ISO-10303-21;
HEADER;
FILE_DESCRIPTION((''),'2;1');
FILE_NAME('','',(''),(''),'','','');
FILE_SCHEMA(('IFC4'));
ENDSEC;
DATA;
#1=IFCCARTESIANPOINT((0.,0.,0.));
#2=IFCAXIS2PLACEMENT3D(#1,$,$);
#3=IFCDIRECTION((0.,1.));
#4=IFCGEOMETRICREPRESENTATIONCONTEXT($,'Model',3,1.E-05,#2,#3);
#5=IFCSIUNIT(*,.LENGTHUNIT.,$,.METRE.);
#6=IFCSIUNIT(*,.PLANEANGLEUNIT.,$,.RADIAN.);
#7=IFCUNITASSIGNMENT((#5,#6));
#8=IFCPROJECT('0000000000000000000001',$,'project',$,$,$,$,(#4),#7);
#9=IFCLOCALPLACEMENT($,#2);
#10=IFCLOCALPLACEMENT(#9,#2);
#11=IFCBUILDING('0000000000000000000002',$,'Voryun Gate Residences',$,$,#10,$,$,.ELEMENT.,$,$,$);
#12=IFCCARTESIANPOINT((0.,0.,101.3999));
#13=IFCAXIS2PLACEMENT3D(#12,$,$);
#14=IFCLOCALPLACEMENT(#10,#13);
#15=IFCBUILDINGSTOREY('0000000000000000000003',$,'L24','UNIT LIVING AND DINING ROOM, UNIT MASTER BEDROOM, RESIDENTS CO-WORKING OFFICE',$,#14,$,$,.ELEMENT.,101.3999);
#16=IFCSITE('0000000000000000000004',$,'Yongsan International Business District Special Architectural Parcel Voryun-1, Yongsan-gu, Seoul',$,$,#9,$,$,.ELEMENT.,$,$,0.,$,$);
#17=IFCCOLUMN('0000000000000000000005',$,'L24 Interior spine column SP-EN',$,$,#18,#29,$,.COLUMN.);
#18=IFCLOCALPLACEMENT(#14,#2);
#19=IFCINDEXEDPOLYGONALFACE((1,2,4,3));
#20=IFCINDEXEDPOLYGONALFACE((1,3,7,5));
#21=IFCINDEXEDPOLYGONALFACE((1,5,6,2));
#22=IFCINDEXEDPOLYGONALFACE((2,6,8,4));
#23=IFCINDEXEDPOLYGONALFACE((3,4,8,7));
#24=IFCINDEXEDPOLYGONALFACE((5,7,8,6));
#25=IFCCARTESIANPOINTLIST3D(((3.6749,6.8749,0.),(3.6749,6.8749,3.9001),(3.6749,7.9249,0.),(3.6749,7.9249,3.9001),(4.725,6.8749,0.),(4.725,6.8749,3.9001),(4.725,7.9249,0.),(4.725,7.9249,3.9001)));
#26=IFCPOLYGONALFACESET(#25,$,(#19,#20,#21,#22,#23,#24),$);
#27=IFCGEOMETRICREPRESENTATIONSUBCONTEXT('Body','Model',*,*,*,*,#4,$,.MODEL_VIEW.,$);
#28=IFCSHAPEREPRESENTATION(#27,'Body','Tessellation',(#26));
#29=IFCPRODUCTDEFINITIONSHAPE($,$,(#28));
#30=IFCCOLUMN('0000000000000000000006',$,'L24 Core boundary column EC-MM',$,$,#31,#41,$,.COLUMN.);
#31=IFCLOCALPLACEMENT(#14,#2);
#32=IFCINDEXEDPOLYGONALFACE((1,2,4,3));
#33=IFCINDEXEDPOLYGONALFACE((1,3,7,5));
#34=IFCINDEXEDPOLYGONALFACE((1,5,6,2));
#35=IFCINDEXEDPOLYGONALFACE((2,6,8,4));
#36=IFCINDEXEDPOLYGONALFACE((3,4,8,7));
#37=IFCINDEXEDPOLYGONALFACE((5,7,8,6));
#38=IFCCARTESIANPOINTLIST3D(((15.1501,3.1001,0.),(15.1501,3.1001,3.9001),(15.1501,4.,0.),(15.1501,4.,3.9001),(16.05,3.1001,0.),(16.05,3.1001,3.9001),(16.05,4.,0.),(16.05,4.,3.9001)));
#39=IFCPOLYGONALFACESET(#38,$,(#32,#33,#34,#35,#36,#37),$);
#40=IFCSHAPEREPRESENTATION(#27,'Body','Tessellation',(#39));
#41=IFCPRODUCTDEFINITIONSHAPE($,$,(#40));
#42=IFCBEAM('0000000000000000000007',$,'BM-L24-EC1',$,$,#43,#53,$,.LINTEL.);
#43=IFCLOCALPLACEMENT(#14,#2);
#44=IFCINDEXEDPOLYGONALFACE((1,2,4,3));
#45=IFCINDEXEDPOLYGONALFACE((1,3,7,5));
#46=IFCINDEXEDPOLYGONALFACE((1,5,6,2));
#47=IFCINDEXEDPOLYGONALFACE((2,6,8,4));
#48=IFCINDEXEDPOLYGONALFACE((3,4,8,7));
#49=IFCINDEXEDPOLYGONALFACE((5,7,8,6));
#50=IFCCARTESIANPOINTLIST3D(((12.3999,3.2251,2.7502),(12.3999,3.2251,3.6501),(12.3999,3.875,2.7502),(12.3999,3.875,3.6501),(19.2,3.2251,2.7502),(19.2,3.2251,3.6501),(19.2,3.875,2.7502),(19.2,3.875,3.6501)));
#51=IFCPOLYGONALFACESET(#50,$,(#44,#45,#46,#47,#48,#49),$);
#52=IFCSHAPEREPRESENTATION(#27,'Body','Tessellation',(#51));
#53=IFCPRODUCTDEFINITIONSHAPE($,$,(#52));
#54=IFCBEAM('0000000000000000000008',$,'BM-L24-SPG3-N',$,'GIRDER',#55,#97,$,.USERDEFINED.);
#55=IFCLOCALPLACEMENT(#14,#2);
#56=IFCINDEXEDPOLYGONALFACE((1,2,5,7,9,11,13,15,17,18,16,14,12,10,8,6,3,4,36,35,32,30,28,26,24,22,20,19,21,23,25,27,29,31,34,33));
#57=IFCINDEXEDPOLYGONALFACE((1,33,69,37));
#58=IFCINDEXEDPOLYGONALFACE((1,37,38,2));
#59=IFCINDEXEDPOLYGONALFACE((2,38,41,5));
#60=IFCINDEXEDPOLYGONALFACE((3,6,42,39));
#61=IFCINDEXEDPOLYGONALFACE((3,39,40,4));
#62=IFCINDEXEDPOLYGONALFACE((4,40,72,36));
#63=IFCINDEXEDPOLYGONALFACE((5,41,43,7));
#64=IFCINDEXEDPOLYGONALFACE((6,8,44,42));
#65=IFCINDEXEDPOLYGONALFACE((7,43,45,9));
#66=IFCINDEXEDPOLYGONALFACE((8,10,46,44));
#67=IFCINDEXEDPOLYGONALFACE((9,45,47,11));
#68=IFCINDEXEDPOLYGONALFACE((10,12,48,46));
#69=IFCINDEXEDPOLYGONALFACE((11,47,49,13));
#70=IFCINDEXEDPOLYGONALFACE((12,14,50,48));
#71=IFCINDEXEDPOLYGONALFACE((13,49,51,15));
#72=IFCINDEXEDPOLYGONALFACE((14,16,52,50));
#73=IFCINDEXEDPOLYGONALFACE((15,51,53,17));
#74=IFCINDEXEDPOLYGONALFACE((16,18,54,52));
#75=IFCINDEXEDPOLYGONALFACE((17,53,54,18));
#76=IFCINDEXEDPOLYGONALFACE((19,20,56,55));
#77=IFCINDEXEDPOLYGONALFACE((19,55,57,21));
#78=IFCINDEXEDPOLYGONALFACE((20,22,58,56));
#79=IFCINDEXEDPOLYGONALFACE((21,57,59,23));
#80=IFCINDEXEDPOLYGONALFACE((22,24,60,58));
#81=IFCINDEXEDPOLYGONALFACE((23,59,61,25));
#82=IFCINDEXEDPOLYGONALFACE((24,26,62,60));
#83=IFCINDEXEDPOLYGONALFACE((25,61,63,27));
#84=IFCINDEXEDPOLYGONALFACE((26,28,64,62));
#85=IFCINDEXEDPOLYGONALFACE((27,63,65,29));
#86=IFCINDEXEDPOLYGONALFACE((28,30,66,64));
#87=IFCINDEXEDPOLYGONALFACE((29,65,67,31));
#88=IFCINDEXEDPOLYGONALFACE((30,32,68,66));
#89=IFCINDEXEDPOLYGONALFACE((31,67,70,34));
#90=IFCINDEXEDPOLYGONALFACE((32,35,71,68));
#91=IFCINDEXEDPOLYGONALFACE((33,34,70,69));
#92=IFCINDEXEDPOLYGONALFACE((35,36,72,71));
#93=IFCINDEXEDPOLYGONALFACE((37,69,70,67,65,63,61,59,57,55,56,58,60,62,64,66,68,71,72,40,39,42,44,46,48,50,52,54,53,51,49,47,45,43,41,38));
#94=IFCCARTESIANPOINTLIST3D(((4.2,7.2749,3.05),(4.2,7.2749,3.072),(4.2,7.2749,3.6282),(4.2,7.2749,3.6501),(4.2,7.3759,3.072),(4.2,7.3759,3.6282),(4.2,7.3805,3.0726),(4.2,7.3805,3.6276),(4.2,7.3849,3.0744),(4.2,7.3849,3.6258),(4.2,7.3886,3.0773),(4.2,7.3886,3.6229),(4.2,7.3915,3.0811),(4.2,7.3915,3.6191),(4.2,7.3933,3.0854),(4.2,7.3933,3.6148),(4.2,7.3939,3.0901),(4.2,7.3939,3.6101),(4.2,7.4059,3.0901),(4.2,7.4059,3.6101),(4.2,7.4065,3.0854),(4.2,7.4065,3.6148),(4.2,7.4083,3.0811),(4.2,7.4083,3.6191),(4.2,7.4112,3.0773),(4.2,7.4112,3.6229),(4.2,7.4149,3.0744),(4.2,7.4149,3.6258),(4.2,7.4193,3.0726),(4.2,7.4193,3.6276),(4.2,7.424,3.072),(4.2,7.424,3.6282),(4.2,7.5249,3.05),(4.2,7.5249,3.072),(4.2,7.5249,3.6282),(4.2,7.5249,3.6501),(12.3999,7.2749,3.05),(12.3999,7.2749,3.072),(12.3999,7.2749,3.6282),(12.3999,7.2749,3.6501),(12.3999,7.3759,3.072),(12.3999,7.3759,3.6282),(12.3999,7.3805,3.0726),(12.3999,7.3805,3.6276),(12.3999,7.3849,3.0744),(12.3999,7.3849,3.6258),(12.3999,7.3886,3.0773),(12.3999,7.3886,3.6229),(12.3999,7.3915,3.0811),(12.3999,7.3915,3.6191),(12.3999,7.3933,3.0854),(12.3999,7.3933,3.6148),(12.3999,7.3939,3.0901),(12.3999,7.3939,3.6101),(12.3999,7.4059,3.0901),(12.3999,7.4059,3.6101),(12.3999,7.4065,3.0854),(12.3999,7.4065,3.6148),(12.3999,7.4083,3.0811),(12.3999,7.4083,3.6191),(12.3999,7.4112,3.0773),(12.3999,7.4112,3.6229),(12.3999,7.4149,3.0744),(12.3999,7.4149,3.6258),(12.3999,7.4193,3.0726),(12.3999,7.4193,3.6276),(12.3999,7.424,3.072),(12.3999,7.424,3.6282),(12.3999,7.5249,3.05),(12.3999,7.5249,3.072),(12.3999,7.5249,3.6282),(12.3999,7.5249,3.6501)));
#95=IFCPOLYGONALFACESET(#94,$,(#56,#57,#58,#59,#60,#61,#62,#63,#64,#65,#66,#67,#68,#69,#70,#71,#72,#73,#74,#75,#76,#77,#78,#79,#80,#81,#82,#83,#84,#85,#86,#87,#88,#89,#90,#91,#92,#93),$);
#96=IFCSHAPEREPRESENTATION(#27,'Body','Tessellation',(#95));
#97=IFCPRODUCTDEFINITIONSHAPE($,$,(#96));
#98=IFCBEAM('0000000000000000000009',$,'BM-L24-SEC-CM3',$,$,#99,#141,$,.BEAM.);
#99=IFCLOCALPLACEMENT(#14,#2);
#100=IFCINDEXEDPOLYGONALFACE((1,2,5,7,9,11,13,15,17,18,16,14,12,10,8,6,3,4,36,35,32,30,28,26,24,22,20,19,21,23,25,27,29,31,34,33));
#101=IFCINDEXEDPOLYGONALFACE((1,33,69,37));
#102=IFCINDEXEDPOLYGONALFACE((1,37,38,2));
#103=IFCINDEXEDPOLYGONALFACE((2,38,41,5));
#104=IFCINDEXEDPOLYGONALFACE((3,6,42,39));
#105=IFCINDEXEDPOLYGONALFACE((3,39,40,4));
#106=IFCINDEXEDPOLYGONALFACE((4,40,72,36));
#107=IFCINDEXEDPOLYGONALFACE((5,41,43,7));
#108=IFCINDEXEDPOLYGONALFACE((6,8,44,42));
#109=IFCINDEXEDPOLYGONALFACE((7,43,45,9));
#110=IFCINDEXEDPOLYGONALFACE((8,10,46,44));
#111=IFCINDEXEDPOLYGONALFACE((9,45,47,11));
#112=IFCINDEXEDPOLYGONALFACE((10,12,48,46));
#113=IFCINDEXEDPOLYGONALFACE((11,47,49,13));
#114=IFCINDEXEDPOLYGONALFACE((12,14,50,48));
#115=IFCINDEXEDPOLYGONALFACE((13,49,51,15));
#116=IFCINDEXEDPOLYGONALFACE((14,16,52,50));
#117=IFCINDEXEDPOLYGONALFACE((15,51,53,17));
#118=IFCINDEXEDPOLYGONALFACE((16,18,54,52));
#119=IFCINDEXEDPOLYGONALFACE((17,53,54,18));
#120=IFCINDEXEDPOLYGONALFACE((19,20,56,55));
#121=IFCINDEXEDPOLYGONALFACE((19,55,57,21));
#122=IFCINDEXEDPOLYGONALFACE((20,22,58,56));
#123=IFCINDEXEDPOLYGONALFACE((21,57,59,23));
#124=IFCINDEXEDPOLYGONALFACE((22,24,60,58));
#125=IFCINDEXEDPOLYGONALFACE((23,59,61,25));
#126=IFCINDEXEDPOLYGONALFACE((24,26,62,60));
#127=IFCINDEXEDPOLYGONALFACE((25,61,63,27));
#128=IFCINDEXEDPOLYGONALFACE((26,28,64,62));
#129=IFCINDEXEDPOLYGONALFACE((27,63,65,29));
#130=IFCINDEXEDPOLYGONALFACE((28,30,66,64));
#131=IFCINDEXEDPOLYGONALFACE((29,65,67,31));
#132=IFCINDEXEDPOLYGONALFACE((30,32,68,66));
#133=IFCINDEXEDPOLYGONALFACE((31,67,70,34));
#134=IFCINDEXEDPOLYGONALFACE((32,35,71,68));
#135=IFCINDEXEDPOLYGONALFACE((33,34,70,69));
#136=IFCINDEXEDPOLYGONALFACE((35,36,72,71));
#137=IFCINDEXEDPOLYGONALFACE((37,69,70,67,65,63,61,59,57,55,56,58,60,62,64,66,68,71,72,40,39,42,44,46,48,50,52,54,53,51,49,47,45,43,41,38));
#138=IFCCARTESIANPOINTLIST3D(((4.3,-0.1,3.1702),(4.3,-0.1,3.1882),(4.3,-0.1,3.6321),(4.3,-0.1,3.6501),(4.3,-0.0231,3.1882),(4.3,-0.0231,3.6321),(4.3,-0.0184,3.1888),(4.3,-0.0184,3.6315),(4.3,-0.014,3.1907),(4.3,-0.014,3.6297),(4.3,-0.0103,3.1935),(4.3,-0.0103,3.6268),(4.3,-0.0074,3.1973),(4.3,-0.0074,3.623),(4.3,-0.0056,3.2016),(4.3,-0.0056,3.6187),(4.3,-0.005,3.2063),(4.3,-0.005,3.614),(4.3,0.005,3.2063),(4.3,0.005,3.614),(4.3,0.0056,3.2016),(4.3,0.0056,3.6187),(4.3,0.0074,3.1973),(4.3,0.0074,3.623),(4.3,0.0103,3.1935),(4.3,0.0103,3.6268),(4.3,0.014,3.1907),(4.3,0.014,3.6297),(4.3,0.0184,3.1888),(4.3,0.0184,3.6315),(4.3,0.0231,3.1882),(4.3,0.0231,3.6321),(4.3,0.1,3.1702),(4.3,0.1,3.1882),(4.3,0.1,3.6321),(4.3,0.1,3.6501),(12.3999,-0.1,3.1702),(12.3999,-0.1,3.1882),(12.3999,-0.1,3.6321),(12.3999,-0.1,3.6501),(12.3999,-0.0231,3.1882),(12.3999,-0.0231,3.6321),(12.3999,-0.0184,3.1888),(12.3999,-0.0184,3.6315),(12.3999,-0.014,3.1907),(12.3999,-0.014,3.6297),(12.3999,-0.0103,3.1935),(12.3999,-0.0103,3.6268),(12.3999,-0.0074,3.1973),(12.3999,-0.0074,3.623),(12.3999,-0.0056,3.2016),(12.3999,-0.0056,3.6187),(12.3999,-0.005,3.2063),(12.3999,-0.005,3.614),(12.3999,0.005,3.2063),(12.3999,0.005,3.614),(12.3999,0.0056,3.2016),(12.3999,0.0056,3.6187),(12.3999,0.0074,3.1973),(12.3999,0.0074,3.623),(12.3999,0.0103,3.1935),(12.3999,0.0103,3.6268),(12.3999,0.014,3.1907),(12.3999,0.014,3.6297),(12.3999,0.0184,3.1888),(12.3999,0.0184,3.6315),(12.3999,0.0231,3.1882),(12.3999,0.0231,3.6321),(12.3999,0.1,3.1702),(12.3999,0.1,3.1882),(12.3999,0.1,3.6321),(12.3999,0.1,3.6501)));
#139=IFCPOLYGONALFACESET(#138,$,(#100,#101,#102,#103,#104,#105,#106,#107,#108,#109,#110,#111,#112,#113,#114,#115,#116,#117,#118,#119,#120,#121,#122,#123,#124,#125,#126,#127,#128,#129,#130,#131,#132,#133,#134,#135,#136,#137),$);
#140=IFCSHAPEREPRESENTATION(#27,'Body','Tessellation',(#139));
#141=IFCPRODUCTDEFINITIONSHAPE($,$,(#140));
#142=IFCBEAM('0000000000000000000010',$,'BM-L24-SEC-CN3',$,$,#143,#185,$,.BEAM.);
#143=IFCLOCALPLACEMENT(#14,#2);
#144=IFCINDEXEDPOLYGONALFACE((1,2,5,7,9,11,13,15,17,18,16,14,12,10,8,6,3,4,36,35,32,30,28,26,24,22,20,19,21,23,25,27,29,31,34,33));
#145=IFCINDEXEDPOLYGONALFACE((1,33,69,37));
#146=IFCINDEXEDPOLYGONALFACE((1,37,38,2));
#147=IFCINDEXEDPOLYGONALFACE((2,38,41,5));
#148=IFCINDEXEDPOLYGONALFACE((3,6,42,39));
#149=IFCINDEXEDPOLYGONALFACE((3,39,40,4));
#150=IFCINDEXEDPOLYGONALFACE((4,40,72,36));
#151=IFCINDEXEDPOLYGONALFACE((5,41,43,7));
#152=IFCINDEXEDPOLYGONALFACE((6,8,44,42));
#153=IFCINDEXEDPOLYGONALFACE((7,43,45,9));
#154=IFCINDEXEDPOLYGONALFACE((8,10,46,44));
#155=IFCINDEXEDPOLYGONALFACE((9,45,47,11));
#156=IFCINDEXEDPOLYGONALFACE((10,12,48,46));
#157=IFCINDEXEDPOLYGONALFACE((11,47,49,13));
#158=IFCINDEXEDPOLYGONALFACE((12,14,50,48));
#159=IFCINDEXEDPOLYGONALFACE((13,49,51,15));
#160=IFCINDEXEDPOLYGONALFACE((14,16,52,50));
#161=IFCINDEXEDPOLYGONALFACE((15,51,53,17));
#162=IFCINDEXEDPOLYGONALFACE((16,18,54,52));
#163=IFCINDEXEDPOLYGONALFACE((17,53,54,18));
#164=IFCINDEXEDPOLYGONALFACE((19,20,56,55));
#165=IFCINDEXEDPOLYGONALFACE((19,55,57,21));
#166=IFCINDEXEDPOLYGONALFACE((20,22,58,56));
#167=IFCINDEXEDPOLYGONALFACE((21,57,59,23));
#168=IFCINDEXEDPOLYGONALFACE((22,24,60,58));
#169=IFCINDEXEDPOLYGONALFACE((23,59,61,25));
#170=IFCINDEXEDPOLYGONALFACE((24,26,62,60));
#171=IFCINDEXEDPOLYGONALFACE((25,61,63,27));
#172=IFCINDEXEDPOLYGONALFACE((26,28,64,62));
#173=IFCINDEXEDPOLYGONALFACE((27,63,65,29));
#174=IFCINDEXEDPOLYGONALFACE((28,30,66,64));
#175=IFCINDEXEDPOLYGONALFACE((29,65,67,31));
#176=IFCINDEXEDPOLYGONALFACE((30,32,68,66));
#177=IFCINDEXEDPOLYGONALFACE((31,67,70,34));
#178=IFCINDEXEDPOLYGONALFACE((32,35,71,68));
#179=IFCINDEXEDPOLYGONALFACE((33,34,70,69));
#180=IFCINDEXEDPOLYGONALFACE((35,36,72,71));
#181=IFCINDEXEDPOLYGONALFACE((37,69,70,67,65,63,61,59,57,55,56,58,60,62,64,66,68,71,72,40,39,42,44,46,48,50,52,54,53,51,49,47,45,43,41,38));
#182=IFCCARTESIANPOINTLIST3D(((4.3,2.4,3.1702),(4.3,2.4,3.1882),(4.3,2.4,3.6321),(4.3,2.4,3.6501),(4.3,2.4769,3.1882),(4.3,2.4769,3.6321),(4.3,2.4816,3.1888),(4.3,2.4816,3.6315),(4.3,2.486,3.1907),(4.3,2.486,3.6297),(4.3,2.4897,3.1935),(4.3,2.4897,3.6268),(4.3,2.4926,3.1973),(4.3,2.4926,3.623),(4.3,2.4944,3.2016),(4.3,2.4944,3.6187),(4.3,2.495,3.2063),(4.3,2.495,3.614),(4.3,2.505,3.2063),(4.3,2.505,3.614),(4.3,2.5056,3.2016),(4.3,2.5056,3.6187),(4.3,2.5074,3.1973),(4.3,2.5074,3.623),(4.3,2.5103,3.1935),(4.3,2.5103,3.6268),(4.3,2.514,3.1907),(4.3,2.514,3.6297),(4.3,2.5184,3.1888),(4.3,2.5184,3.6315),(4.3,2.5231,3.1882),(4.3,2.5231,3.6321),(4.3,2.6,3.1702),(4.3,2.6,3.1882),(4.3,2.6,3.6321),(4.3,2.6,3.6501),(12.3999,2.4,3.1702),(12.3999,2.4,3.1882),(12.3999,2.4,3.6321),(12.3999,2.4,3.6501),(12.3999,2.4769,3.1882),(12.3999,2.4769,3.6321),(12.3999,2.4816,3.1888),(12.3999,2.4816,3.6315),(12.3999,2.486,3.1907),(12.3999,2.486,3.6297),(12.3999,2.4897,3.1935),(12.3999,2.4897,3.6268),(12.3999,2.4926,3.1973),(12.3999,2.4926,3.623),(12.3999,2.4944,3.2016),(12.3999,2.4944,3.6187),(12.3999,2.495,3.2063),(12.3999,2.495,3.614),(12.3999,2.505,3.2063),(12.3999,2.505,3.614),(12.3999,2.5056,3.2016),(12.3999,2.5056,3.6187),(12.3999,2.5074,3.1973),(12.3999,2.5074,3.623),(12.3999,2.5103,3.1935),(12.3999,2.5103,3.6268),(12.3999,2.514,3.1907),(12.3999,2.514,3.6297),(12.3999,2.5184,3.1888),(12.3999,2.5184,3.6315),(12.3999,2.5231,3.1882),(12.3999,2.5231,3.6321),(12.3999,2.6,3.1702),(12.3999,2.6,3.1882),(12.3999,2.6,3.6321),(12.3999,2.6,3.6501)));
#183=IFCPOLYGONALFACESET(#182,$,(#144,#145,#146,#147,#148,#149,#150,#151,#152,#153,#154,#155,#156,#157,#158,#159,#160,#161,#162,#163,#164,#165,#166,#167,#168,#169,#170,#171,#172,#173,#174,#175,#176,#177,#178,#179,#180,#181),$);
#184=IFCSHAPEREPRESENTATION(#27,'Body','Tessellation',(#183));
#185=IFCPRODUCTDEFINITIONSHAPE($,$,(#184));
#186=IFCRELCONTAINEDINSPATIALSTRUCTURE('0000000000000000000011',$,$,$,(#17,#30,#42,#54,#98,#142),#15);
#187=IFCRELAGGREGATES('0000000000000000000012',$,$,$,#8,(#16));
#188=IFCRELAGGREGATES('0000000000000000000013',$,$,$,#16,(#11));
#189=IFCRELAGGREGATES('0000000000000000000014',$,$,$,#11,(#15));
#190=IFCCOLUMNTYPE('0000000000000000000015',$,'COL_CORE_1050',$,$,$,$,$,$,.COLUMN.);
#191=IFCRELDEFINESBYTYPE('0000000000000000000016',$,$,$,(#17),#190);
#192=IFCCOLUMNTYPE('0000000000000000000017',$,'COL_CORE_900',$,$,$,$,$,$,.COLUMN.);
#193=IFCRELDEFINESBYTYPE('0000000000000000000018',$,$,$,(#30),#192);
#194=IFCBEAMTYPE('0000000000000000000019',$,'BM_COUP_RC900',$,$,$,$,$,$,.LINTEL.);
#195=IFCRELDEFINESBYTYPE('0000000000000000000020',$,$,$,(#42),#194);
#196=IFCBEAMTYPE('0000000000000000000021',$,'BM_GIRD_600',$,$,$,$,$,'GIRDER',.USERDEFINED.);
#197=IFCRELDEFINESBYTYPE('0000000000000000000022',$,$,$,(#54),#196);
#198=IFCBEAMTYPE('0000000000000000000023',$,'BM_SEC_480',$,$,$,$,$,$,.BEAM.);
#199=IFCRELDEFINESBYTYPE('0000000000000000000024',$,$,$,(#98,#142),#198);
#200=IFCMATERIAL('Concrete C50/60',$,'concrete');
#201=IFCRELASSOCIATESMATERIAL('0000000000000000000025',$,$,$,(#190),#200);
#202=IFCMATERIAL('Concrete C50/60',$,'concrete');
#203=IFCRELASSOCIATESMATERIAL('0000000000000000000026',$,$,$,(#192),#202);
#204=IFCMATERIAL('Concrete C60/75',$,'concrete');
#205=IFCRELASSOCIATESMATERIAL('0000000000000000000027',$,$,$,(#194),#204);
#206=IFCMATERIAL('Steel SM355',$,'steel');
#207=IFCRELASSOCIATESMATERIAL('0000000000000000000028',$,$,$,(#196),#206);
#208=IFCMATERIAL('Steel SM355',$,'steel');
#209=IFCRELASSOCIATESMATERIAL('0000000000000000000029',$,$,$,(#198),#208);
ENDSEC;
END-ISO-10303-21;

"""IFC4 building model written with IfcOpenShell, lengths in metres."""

from ifc_helpers import new_model, si_unit, direction, frame, origin, origin_2d, place, context, subcontext, project, spatial, rectangle, i_section, extrude, material, material_profile, profile_set, type_object, element, save


model = new_model("IFC4")

# Units and contexts
model_context = context("Model", 3, precision=1e-05, world=origin(), true_north=direction((0.0, 1.0)))
body_context = subcontext(model_context, "Body", "Model", "MODEL_VIEW")
ifc_project = project(units=[si_unit("LENGTHUNIT", "METRE"), si_unit("PLANEANGLEUNIT", "RADIAN")], contexts=[model_context])

# Site, building, storey
site_placement = place(None, origin())
site = spatial("IfcSite", under=ifc_project, at=site_placement, Name="Yongsan International Business District Special Architectural Parcel Voryun-1, Yongsan-gu, Seoul", CompositionType="ELEMENT", RefElevation=0.0)
building_placement = place(site_placement, origin())
building = spatial("IfcBuilding", under=site, at=building_placement, Name="Voryun Gate Residences", CompositionType="ELEMENT")
storey_placement = place(building_placement, frame((0.0, 0.0, 101.3999)))
storey = spatial("IfcBuildingStorey", under=building, at=storey_placement, Name="L24", Description="UNIT LIVING AND DINING ROOM, UNIT MASTER BEDROOM, RESIDENTS CO-WORKING OFFICE", CompositionType="ELEMENT", Elevation=101.3999)

# Columns
ifc_material_1 = material(Name="Concrete C50/60", Category="concrete")
ifc_material_profile_1 = material_profile(ifc_material_1, rectangle(XDim=1.05, YDim=1.05, at=origin_2d()), Name="RC-1050x1050")
ifc_profile_set_1 = profile_set([ifc_material_profile_1], Name="Concrete C50/60")
column_type_1 = type_object("IfcColumnType", Name="COL_CORE_1050", PredefinedType="COLUMN", material=ifc_profile_set_1)
column_1_placement = place(storey_placement, frame((4.2, 7.3999, 0.0), z_axis=(0.0, 0.0, 1.0), x_axis=(1.0, 0.0, 0.0)))
element("IfcColumn", 1, at=column_1_placement, inside=storey, type_object=column_type_1, Name="L24 Interior spine column SP-EN", PredefinedType="COLUMN", context=body_context, shape_type="SweptSolid", body=[
    extrude(rectangle(XDim=1.05, YDim=1.05, at=origin_2d()), origin(), (0.0, 0.0, 1.0), 3.9001),
])
ifc_material_2 = material(Name="Concrete C50/60", Category="concrete")
ifc_material_profile_2 = material_profile(ifc_material_2, rectangle(XDim=0.8999, YDim=0.8999, at=origin_2d()), Name="RC-900x900")
ifc_profile_set_2 = profile_set([ifc_material_profile_2], Name="Concrete C50/60")
column_type_2 = type_object("IfcColumnType", Name="COL_CORE_900", PredefinedType="COLUMN", material=ifc_profile_set_2)
column_2_placement = place(storey_placement, frame((15.6001, 3.55, 0.0), z_axis=(0.0, 0.0, 1.0), x_axis=(1.0, 0.0, 0.0)))
element("IfcColumn", 2, at=column_2_placement, inside=storey, type_object=column_type_2, Name="L24 Core boundary column EC-MM", PredefinedType="COLUMN", context=body_context, shape_type="SweptSolid", body=[
    extrude(rectangle(XDim=0.8999, YDim=0.8999, at=origin_2d()), origin(), (0.0, 0.0, 1.0), 3.9001),
])

# Beams
ifc_material_3 = material(Name="Concrete C60/75", Category="concrete")
ifc_material_profile_3 = material_profile(ifc_material_3, rectangle(XDim=0.6499, YDim=0.8999, at=origin_2d()), Name="RC-650x900")
ifc_profile_set_3 = profile_set([ifc_material_profile_3], Name="Concrete C60/75")
beam_type_1 = type_object("IfcBeamType", Name="BM_COUP_RC900", PredefinedType="LINTEL", material=ifc_profile_set_3)
beam_1_placement = place(storey_placement, frame((12.3999, 3.55, 3.2002), z_axis=(1.0, 0.0, 0.0), x_axis=(0.0, 1.0, 0.0)))
element("IfcBeam", 3, at=beam_1_placement, inside=storey, type_object=beam_type_1, Name="BM-L24-EC1", PredefinedType="LINTEL", context=body_context, shape_type="SweptSolid", body=[
    extrude(rectangle(XDim=0.6499, YDim=0.8999, at=origin_2d()), origin(), (0.0, 0.0, 1.0), 6.8),
])
ifc_material_4 = material(Name="Steel SM355", Category="steel")
ifc_material_profile_4 = material_profile(ifc_material_4, i_section(OverallWidth=0.25, OverallDepth=0.6001, WebThickness=0.012, FlangeThickness=0.022, FilletRadius=0.0181, at=origin_2d()), Name="H-600x250x12x22")
ifc_profile_set_4 = profile_set([ifc_material_profile_4], Name="Steel SM355")
beam_type_2 = type_object("IfcBeamType", Name="BM_GIRD_600", ElementType="GIRDER", PredefinedType="USERDEFINED", material=ifc_profile_set_4)
beam_2_placement = place(storey_placement, frame((4.2, 7.3999, 3.3501), z_axis=(1.0, 0.0, 0.0), x_axis=(0.0, 1.0, 0.0)))
element("IfcBeam", 4, at=beam_2_placement, inside=storey, type_object=beam_type_2, Name="BM-L24-SPG3-N", ObjectType="GIRDER", PredefinedType="USERDEFINED", context=body_context, shape_type="SweptSolid", body=[
    extrude(i_section(OverallWidth=0.25, OverallDepth=0.6001, WebThickness=0.012, FlangeThickness=0.022, FilletRadius=0.0181, at=origin_2d()), origin(), (0.0, 0.0, 1.0), 8.2),
])
ifc_material_5 = material(Name="Steel SM355", Category="steel")
ifc_material_profile_5 = material_profile(ifc_material_5, i_section(OverallWidth=0.2, OverallDepth=0.48, WebThickness=0.01, FlangeThickness=0.0181, FilletRadius=0.0181, at=origin_2d()), Name="H-480x200x10x18")
ifc_profile_set_5 = profile_set([ifc_material_profile_5], Name="Steel SM355")
beam_type_3 = type_object("IfcBeamType", Name="BM_SEC_480", PredefinedType="BEAM", material=ifc_profile_set_5)
for number, where, z_axis, x_axis, name in (
    (5, (4.3, 0.0, 3.4102), (1.0, 0.0, 0.0), (0.0, 1.0, 0.0), "BM-L24-SEC-CM3"),
    (6, (4.3, 2.5, 3.4102), (1.0, 0.0, 0.0), (0.0, 1.0, 0.0), "BM-L24-SEC-CN3"),
):
    element("IfcBeam", number, at=place(storey_placement, frame(where, z_axis=z_axis, x_axis=x_axis)), inside=storey, type_object=beam_type_3, Name=name, PredefinedType="BEAM", context=body_context, shape_type="SweptSolid", body=[
        extrude(i_section(OverallWidth=0.2, OverallDepth=0.48, WebThickness=0.01, FlangeThickness=0.0181, FilletRadius=0.0181, at=origin_2d()), origin(), (0.0, 0.0, 1.0), 8.0999),
    ])

save(model, "model.ifc")
